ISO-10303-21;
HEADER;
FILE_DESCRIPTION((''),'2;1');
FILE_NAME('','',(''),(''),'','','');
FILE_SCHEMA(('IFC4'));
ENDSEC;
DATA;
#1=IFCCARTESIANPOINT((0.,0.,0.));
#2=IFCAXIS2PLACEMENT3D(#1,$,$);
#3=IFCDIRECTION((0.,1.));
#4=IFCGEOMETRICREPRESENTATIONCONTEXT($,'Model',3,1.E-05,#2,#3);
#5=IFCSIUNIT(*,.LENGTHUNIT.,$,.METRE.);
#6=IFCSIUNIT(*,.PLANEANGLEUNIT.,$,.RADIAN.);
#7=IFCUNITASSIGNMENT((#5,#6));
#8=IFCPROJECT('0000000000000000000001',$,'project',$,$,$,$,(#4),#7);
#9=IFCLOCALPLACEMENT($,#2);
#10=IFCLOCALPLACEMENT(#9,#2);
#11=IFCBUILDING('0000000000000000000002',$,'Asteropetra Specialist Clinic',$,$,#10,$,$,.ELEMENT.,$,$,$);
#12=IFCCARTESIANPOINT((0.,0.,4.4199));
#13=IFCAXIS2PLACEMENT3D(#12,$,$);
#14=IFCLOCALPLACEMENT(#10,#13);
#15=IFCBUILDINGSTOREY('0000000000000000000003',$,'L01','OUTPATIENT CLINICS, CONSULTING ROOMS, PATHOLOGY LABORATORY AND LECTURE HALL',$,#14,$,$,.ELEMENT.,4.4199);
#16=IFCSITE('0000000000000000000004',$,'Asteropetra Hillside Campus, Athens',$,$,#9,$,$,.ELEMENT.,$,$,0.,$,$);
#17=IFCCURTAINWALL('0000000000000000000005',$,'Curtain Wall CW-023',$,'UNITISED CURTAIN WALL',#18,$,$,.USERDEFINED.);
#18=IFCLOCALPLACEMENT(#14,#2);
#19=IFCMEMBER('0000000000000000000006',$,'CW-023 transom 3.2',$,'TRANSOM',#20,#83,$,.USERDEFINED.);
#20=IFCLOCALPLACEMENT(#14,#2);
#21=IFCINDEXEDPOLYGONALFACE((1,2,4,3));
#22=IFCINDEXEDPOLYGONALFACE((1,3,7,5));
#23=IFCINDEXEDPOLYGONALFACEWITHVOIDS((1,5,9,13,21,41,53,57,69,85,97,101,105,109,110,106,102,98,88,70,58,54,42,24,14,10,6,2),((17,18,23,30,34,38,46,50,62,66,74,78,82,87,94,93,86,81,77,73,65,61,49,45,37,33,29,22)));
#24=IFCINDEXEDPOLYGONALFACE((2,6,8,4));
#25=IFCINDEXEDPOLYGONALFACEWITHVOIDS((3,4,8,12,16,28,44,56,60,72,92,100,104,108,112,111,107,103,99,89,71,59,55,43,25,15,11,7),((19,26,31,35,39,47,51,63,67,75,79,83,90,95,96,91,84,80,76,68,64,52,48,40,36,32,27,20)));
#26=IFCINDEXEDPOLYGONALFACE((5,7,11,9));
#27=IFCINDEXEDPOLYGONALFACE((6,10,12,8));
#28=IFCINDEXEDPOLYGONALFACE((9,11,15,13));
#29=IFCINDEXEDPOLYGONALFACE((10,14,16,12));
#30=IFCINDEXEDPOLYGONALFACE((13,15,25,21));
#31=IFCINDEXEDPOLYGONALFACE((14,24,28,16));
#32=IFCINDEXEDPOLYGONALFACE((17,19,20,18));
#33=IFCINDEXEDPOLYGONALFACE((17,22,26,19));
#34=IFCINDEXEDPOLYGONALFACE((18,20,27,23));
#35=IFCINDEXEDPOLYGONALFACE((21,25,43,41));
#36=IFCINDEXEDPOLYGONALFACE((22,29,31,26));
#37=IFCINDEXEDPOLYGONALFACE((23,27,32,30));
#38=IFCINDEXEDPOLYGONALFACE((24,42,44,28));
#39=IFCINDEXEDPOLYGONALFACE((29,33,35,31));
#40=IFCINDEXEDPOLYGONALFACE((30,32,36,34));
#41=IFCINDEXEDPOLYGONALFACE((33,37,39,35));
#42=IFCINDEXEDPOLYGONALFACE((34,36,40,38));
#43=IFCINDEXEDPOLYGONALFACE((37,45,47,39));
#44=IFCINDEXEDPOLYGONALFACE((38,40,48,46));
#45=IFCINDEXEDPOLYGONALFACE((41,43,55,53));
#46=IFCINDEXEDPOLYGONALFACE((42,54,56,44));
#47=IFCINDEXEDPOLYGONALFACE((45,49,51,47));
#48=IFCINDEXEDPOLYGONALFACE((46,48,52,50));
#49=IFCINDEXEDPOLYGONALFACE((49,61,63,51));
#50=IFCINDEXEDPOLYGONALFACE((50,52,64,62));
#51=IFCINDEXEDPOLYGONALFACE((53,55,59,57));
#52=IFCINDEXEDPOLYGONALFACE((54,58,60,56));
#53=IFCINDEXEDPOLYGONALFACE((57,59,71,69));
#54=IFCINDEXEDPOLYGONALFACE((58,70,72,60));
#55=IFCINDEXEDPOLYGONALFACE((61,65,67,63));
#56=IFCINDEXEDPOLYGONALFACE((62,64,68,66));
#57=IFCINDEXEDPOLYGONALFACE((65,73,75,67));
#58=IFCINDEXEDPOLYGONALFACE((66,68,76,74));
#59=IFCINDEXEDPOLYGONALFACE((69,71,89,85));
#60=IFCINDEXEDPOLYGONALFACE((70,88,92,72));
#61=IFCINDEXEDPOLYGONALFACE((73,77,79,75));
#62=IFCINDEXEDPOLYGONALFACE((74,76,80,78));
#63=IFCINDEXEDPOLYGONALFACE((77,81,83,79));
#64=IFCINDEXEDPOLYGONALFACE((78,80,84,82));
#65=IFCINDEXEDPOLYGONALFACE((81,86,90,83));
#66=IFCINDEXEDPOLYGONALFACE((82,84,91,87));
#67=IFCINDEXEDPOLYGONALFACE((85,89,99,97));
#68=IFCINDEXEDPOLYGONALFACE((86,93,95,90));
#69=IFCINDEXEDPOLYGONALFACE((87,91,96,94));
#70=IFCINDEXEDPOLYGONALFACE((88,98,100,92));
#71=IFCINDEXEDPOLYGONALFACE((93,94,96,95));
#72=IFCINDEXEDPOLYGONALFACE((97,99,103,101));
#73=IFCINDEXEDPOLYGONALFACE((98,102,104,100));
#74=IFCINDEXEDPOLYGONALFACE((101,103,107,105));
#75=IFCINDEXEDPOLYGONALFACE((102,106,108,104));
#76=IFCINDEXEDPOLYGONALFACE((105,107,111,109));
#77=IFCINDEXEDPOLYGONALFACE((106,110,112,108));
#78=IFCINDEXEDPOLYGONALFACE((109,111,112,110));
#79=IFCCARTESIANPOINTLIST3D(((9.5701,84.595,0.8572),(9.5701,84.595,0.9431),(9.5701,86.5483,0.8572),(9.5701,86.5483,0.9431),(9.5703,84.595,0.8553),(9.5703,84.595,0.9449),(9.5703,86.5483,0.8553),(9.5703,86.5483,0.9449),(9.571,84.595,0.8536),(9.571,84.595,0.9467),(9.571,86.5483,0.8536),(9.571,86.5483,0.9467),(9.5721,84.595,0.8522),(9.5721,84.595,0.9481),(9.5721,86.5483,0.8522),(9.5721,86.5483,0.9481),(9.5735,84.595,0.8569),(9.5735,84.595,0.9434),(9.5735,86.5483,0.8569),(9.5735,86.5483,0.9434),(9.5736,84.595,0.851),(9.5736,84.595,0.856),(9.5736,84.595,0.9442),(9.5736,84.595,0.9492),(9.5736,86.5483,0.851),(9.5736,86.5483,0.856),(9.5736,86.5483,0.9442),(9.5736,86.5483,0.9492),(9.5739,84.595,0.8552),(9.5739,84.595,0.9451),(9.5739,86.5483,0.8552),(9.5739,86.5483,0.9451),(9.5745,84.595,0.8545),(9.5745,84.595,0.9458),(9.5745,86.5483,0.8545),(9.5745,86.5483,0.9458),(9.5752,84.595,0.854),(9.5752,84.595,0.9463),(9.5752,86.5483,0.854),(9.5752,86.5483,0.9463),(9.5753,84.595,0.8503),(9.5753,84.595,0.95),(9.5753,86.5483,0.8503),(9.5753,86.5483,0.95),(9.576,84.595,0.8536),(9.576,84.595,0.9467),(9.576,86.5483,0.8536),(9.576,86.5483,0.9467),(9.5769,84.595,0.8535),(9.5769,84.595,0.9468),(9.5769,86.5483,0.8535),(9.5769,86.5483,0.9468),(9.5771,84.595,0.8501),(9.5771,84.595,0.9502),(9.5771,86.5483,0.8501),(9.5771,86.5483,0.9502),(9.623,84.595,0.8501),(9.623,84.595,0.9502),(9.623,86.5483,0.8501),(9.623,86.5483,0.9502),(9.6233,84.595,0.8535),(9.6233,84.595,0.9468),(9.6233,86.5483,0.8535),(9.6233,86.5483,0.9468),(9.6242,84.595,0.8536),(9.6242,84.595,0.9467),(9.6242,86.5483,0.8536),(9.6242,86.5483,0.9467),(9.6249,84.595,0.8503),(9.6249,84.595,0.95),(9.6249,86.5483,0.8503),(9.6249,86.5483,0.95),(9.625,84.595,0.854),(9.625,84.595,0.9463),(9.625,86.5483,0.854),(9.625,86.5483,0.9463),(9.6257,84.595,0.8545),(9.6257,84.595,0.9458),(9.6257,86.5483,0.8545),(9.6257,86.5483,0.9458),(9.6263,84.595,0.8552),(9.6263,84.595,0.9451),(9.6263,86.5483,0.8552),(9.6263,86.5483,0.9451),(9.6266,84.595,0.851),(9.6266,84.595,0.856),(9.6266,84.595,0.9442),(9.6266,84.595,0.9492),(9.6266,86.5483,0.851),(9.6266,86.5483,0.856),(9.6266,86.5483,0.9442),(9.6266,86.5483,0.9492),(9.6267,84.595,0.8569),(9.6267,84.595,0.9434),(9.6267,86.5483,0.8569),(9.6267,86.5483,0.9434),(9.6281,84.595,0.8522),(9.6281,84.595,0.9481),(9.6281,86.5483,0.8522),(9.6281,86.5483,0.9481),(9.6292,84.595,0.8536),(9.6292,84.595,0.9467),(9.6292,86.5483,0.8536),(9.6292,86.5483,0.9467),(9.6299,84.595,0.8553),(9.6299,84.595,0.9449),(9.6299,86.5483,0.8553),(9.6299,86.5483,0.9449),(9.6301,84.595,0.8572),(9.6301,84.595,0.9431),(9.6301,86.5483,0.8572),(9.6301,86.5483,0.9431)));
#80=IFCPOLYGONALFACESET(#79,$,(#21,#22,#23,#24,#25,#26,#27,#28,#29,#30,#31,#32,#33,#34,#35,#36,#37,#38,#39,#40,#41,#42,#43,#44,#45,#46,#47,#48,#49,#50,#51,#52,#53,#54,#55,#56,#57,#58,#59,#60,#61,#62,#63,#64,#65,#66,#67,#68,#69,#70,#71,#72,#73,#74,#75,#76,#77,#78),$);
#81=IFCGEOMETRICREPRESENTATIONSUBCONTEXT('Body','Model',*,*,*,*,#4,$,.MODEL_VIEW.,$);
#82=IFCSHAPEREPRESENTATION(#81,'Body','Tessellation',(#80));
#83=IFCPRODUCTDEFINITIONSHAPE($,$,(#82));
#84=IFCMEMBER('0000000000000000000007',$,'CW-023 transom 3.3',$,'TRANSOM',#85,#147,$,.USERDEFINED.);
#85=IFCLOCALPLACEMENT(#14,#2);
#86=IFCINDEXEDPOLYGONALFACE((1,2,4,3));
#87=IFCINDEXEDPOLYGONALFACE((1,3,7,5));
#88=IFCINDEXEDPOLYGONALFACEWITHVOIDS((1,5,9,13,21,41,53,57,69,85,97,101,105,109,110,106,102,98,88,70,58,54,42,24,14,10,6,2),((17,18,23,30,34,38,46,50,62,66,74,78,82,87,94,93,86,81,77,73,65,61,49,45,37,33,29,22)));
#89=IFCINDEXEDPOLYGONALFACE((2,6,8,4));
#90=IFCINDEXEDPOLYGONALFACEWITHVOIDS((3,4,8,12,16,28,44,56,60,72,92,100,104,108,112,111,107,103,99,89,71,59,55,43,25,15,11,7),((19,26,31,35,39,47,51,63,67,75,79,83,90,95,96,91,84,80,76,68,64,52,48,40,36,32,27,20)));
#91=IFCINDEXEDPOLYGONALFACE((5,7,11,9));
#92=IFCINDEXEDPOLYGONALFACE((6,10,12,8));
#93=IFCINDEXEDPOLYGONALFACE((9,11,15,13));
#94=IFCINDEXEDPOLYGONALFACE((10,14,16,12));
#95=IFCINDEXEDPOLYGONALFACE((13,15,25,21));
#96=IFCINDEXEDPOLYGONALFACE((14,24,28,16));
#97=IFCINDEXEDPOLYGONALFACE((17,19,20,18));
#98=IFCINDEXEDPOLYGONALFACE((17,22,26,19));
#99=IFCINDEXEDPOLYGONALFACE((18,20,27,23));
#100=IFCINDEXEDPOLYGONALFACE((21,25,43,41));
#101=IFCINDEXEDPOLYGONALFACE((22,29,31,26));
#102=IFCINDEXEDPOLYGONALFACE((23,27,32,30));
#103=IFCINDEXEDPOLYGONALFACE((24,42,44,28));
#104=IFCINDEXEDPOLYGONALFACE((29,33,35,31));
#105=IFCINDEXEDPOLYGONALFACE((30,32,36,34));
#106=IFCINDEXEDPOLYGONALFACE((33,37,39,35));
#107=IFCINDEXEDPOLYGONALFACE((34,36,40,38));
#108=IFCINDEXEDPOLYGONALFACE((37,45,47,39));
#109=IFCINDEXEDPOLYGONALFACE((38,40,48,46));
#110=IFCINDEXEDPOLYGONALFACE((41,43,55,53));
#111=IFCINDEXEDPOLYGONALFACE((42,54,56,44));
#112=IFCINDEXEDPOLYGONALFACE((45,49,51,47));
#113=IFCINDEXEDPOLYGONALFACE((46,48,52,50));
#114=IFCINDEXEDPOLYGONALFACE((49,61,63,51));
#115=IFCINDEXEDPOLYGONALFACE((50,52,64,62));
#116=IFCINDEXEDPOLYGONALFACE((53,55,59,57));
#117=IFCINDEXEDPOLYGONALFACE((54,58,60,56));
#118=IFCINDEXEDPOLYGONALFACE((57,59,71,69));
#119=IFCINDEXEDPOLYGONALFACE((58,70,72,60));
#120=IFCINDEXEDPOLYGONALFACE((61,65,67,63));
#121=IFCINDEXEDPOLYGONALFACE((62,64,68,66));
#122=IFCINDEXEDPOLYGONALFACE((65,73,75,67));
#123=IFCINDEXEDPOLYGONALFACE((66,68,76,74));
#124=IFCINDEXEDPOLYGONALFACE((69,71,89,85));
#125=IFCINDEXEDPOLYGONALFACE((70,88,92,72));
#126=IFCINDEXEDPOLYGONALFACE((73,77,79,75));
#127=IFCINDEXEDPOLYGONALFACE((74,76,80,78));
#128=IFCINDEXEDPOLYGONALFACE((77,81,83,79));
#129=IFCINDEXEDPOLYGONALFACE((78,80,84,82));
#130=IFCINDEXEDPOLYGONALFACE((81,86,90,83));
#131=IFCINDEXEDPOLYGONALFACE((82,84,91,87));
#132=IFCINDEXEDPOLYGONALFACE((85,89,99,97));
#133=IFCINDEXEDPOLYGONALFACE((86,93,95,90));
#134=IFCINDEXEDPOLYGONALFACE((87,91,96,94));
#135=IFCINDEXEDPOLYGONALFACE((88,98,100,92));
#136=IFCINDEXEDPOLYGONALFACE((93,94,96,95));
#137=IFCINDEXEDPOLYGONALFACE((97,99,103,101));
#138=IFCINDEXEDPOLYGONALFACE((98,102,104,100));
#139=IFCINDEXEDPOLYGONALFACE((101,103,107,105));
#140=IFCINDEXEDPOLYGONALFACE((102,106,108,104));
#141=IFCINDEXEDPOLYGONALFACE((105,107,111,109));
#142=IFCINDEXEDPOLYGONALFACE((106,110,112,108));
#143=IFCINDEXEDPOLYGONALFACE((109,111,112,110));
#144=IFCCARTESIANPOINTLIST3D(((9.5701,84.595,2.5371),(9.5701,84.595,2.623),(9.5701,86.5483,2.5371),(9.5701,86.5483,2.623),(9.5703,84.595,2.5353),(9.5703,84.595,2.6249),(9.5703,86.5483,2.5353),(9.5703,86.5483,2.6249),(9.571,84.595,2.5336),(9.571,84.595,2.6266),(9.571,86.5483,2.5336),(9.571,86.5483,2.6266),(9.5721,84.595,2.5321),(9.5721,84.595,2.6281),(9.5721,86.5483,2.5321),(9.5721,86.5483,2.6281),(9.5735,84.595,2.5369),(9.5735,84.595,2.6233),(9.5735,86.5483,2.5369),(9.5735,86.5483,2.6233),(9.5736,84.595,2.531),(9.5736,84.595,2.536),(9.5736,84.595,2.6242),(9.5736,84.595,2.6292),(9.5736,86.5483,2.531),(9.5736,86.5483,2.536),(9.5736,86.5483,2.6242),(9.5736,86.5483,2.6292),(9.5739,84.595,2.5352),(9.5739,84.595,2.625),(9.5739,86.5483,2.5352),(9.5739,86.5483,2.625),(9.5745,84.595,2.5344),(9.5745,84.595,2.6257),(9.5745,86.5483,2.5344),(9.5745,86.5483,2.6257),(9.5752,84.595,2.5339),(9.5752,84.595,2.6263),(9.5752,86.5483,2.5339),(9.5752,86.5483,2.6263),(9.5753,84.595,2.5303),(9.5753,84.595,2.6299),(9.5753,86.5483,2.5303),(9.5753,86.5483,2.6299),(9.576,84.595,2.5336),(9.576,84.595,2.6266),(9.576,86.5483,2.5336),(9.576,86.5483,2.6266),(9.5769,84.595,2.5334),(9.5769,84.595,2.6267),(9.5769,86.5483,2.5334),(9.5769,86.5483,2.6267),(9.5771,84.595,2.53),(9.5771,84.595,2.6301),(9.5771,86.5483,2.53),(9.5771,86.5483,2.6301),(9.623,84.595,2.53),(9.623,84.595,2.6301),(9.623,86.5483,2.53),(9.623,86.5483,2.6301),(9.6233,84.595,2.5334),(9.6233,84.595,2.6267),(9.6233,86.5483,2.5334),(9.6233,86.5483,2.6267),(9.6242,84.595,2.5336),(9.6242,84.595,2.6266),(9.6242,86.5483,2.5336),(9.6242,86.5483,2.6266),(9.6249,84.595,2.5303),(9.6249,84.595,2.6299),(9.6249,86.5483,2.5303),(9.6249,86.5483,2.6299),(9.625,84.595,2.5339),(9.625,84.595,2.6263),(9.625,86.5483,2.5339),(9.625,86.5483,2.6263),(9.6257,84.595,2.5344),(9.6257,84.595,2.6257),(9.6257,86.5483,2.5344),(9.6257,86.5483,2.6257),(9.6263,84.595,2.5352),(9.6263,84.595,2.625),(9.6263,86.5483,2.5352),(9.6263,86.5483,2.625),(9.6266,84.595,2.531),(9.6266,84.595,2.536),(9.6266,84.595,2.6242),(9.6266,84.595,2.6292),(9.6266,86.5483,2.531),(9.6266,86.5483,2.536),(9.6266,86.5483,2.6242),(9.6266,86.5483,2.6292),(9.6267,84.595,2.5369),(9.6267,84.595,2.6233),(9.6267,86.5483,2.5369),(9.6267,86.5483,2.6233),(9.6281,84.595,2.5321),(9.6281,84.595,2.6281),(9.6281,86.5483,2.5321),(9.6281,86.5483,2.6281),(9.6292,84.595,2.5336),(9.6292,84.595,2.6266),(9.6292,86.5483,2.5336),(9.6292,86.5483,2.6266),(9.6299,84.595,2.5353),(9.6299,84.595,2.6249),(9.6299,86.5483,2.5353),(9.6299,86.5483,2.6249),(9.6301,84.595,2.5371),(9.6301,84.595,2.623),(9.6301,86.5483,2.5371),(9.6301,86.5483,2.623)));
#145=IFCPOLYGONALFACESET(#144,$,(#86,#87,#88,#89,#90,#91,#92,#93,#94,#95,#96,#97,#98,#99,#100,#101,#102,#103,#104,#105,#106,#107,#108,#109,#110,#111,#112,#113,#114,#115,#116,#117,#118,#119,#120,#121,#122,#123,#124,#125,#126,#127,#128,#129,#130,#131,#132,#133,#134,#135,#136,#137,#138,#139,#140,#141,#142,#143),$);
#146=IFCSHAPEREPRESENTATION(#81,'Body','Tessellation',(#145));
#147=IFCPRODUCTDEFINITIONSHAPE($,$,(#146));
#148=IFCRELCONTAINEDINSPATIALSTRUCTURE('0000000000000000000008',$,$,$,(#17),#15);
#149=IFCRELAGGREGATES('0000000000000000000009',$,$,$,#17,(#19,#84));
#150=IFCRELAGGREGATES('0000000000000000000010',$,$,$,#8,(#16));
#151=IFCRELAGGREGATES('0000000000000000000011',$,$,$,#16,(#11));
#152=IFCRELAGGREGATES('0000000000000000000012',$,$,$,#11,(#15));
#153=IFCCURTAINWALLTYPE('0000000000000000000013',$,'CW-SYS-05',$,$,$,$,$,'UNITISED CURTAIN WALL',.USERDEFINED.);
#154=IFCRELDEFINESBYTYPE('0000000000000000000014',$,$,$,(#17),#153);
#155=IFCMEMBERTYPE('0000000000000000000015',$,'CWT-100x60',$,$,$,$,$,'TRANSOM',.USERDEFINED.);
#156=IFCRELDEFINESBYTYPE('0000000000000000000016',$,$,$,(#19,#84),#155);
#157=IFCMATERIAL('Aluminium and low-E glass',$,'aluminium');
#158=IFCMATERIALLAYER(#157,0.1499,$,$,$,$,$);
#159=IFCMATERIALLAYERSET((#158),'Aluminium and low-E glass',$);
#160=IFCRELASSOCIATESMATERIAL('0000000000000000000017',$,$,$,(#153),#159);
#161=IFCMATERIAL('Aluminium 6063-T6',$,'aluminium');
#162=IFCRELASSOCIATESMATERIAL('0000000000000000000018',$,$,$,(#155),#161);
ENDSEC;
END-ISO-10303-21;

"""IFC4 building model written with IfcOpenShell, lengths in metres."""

from ifc_helpers import new_model, si_unit, direction, frame, origin, origin_2d, place, context, subcontext, project, spatial, hollow_rectangle, extrude, material, layer, layer_set, material_profile, profile_set, type_object, element, aggregate, save


model = new_model("IFC4")

# Units and contexts
model_context = context("Model", 3, precision=1e-05, world=origin(), true_north=direction((0.0, 1.0)))
body_context = subcontext(model_context, "Body", "Model", "MODEL_VIEW")
ifc_project = project(units=[si_unit("LENGTHUNIT", "METRE"), si_unit("PLANEANGLEUNIT", "RADIAN")], contexts=[model_context])

# Site, building, storey
site_placement = place(None, origin())
site = spatial("IfcSite", under=ifc_project, at=site_placement, Name="Asteropetra Hillside Campus, Athens", CompositionType="ELEMENT", RefElevation=0.0)
building_placement = place(site_placement, origin())
building = spatial("IfcBuilding", under=site, at=building_placement, Name="Asteropetra Specialist Clinic", CompositionType="ELEMENT")
storey_placement = place(building_placement, frame((0.0, 0.0, 4.4199)))
storey = spatial("IfcBuildingStorey", under=building, at=storey_placement, Name="L01", Description="OUTPATIENT CLINICS, CONSULTING ROOMS, PATHOLOGY LABORATORY AND LECTURE HALL", CompositionType="ELEMENT", Elevation=4.4199)

# Curtain wall
ifc_material_1 = material(Name="Aluminium and low-E glass", Category="aluminium")
ifc_layer_1 = layer(ifc_material_1, 0.1499)
ifc_layer_set_1 = layer_set([ifc_layer_1], Name="Aluminium and low-E glass")
curtain_wall_type = type_object("IfcCurtainWallType", Name="CW-SYS-05", ElementType="UNITISED CURTAIN WALL", PredefinedType="USERDEFINED", material=ifc_layer_set_1)
curtain_wall_1_placement = place(storey_placement, origin())
curtain_wall_1 = element("IfcCurtainWall", 1, at=curtain_wall_1_placement, inside=storey, type_object=curtain_wall_type, Name="Curtain Wall CW-023", ObjectType="UNITISED CURTAIN WALL", PredefinedType="USERDEFINED")

# Members
ifc_material_2 = material(Name="Aluminium 6063-T6", Category="aluminium")
ifc_material_profile_1 = material_profile(ifc_material_2, hollow_rectangle(XDim=0.0601, YDim=0.1001, WallThickness=0.0034, InnerFilletRadius=0.0034, OuterFilletRadius=0.0071, at=origin_2d()), Name="TRN 100x60x3.5")
ifc_profile_set_1 = profile_set([ifc_material_profile_1], Name="Aluminium 6063-T6")
member_type_1 = type_object("IfcMemberType", Name="CWT-100x60", ElementType="TRANSOM", PredefinedType="USERDEFINED", material=ifc_profile_set_1)
member_1_placement = place(storey_placement, frame((9.6001, 86.5483, 0.9001), z_axis=(0.0, -1.0, 0.0), x_axis=(1.0, 0.0, 0.0)))
member_1 = element("IfcMember", 2, at=member_1_placement, type_object=member_type_1, Name="CW-023 transom 3.2", ObjectType="TRANSOM", PredefinedType="USERDEFINED", context=body_context, shape_type="SweptSolid", body=[
    extrude(hollow_rectangle(XDim=0.0601, YDim=0.1001, WallThickness=0.0034, InnerFilletRadius=0.0034, OuterFilletRadius=0.0071, at=origin_2d()), origin(), (0.0, 0.0, 1.0), 1.9534),
])
member_2_placement = place(storey_placement, frame((9.6001, 86.5483, 2.5801), z_axis=(0.0, -1.0, 0.0), x_axis=(1.0, 0.0, 0.0)))
member_2 = element("IfcMember", 3, at=member_2_placement, type_object=member_type_1, Name="CW-023 transom 3.3", ObjectType="TRANSOM", PredefinedType="USERDEFINED", context=body_context, shape_type="SweptSolid", body=[
    extrude(hollow_rectangle(XDim=0.0601, YDim=0.1001, WallThickness=0.0034, InnerFilletRadius=0.0034, OuterFilletRadius=0.0071, at=origin_2d()), origin(), (0.0, 0.0, 1.0), 1.9534),
])

aggregate(curtain_wall_1, [member_1, member_2])

save(model, "model.ifc")
